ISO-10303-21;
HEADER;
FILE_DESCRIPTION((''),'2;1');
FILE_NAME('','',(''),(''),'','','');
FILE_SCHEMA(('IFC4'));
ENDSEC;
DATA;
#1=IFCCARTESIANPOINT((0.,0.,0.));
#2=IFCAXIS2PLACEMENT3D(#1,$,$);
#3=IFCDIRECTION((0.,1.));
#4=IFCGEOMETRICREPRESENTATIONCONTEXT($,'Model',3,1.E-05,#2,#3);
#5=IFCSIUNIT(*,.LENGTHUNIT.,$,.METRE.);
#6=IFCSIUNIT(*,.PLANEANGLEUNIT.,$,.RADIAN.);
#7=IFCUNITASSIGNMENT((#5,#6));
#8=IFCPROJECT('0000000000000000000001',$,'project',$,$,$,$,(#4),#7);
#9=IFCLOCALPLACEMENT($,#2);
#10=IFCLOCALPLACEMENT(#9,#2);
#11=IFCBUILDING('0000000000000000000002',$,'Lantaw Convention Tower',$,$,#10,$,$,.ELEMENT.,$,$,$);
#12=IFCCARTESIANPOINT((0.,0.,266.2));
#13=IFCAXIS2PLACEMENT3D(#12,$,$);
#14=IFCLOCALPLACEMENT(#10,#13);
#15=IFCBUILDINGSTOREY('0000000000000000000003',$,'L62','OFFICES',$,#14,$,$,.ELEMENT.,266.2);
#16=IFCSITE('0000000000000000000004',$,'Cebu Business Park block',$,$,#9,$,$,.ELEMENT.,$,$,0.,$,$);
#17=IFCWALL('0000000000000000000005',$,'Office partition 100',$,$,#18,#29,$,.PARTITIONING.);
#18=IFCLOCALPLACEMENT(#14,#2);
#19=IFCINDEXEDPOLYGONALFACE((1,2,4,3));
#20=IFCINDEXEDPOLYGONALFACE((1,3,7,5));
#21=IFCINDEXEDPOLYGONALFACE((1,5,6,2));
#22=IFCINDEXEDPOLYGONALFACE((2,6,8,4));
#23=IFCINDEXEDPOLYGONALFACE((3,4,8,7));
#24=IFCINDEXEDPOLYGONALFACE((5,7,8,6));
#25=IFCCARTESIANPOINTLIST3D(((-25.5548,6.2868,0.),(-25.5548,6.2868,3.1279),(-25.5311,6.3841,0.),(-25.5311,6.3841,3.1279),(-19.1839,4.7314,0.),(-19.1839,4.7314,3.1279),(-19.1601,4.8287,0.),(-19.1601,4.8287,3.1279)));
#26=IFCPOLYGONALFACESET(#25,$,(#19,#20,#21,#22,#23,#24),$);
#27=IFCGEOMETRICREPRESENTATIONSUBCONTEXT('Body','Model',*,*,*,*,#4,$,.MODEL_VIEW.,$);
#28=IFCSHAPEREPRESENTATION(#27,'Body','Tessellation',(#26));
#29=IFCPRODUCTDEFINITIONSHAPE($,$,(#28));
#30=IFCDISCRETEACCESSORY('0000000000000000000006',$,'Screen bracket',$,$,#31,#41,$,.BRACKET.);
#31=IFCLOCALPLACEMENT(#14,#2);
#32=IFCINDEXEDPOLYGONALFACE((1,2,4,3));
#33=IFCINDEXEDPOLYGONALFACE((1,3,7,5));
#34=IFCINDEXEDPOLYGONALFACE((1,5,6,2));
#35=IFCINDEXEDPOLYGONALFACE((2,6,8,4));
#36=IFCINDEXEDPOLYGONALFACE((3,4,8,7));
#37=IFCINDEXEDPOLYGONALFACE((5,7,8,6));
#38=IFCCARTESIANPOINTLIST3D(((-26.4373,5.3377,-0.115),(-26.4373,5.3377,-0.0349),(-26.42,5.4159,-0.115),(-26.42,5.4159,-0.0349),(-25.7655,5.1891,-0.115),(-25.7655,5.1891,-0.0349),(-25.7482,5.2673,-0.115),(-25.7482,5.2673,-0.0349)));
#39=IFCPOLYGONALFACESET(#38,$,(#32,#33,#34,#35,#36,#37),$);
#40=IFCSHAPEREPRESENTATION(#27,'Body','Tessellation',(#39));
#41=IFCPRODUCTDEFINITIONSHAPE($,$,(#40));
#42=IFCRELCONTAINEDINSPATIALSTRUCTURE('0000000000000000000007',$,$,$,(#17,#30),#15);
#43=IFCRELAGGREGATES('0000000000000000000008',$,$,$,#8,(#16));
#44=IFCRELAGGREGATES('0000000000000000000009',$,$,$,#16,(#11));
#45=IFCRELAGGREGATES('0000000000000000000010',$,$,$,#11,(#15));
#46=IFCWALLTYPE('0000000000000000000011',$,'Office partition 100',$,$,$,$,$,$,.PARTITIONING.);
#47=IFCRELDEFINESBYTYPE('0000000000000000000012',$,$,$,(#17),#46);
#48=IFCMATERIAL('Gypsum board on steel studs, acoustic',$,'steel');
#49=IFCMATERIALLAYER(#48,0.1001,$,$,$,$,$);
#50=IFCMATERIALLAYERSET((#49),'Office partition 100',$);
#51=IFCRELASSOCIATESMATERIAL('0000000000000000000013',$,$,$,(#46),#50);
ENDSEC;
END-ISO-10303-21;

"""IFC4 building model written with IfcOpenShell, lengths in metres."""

from ifc_helpers import new_model, si_unit, direction, frame, frame_2d, origin, origin_2d, place, context, subcontext, project, spatial, rectangle, extrude, material, layer, layer_set, type_object, element, save


model = new_model("IFC4")

# Units and contexts
model_context = context("Model", 3, precision=1e-05, world=origin(), true_north=direction((0.0, 1.0)))
body_context = subcontext(model_context, "Body", "Model", "MODEL_VIEW")
ifc_project = project(units=[si_unit("LENGTHUNIT", "METRE"), si_unit("PLANEANGLEUNIT", "RADIAN")], contexts=[model_context])

# Site, building, storey
site_placement = place(None, origin())
site = spatial("IfcSite", under=ifc_project, at=site_placement, Name="Cebu Business Park block", CompositionType="ELEMENT", RefElevation=0.0)
building_placement = place(site_placement, origin())
building = spatial("IfcBuilding", under=site, at=building_placement, Name="Lantaw Convention Tower", CompositionType="ELEMENT")
storey_placement = place(building_placement, frame((0.0, 0.0, 266.2)))
storey = spatial("IfcBuildingStorey", under=building, at=storey_placement, Name="L62", Description="OFFICES", CompositionType="ELEMENT", Elevation=266.2)

# Wall
ifc_material_1 = material(Name="Gypsum board on steel studs, acoustic", Category="steel")
ifc_layer_1 = layer(ifc_material_1, 0.1001)
ifc_layer_set_1 = layer_set([ifc_layer_1], Name="Office partition 100")
wall_type = type_object("IfcWallType", Name="Office partition 100", PredefinedType="PARTITIONING", material=ifc_layer_set_1)
wall_placement = place(storey_placement, frame((-25.543, 6.3354, 0.0), z_axis=(0.0, 0.0, 1.0), x_axis=(0.971468, -0.237171, 0.0)))
element("IfcWall", 1, at=wall_placement, inside=storey, type_object=wall_type, Name="Office partition 100", PredefinedType="PARTITIONING", context=body_context, shape_type="SweptSolid", body=[
    extrude(rectangle(XDim=6.5581, YDim=0.1001, at=frame_2d((3.2791, 0.0))), origin(), (0.0, 0.0, 1.0), 3.1279),
])

# Discrete accessory
discrete_accessory_placement = place(storey_placement, frame((-26.0928, 5.3025, -0.115), z_axis=(0.0, 0.0, 1.0), x_axis=(-0.215891, -0.976417, 0.0)))
element("IfcDiscreteAccessory", 2, at=discrete_accessory_placement, inside=storey, Name="Screen bracket", PredefinedType="BRACKET", context=body_context, shape_type="SweptSolid", body=[
    extrude(rectangle(XDim=0.0801, YDim=0.688, at=origin_2d()), origin(), (0.0, 0.0, 1.0), 0.0801),
])

save(model, "model.ifc")
